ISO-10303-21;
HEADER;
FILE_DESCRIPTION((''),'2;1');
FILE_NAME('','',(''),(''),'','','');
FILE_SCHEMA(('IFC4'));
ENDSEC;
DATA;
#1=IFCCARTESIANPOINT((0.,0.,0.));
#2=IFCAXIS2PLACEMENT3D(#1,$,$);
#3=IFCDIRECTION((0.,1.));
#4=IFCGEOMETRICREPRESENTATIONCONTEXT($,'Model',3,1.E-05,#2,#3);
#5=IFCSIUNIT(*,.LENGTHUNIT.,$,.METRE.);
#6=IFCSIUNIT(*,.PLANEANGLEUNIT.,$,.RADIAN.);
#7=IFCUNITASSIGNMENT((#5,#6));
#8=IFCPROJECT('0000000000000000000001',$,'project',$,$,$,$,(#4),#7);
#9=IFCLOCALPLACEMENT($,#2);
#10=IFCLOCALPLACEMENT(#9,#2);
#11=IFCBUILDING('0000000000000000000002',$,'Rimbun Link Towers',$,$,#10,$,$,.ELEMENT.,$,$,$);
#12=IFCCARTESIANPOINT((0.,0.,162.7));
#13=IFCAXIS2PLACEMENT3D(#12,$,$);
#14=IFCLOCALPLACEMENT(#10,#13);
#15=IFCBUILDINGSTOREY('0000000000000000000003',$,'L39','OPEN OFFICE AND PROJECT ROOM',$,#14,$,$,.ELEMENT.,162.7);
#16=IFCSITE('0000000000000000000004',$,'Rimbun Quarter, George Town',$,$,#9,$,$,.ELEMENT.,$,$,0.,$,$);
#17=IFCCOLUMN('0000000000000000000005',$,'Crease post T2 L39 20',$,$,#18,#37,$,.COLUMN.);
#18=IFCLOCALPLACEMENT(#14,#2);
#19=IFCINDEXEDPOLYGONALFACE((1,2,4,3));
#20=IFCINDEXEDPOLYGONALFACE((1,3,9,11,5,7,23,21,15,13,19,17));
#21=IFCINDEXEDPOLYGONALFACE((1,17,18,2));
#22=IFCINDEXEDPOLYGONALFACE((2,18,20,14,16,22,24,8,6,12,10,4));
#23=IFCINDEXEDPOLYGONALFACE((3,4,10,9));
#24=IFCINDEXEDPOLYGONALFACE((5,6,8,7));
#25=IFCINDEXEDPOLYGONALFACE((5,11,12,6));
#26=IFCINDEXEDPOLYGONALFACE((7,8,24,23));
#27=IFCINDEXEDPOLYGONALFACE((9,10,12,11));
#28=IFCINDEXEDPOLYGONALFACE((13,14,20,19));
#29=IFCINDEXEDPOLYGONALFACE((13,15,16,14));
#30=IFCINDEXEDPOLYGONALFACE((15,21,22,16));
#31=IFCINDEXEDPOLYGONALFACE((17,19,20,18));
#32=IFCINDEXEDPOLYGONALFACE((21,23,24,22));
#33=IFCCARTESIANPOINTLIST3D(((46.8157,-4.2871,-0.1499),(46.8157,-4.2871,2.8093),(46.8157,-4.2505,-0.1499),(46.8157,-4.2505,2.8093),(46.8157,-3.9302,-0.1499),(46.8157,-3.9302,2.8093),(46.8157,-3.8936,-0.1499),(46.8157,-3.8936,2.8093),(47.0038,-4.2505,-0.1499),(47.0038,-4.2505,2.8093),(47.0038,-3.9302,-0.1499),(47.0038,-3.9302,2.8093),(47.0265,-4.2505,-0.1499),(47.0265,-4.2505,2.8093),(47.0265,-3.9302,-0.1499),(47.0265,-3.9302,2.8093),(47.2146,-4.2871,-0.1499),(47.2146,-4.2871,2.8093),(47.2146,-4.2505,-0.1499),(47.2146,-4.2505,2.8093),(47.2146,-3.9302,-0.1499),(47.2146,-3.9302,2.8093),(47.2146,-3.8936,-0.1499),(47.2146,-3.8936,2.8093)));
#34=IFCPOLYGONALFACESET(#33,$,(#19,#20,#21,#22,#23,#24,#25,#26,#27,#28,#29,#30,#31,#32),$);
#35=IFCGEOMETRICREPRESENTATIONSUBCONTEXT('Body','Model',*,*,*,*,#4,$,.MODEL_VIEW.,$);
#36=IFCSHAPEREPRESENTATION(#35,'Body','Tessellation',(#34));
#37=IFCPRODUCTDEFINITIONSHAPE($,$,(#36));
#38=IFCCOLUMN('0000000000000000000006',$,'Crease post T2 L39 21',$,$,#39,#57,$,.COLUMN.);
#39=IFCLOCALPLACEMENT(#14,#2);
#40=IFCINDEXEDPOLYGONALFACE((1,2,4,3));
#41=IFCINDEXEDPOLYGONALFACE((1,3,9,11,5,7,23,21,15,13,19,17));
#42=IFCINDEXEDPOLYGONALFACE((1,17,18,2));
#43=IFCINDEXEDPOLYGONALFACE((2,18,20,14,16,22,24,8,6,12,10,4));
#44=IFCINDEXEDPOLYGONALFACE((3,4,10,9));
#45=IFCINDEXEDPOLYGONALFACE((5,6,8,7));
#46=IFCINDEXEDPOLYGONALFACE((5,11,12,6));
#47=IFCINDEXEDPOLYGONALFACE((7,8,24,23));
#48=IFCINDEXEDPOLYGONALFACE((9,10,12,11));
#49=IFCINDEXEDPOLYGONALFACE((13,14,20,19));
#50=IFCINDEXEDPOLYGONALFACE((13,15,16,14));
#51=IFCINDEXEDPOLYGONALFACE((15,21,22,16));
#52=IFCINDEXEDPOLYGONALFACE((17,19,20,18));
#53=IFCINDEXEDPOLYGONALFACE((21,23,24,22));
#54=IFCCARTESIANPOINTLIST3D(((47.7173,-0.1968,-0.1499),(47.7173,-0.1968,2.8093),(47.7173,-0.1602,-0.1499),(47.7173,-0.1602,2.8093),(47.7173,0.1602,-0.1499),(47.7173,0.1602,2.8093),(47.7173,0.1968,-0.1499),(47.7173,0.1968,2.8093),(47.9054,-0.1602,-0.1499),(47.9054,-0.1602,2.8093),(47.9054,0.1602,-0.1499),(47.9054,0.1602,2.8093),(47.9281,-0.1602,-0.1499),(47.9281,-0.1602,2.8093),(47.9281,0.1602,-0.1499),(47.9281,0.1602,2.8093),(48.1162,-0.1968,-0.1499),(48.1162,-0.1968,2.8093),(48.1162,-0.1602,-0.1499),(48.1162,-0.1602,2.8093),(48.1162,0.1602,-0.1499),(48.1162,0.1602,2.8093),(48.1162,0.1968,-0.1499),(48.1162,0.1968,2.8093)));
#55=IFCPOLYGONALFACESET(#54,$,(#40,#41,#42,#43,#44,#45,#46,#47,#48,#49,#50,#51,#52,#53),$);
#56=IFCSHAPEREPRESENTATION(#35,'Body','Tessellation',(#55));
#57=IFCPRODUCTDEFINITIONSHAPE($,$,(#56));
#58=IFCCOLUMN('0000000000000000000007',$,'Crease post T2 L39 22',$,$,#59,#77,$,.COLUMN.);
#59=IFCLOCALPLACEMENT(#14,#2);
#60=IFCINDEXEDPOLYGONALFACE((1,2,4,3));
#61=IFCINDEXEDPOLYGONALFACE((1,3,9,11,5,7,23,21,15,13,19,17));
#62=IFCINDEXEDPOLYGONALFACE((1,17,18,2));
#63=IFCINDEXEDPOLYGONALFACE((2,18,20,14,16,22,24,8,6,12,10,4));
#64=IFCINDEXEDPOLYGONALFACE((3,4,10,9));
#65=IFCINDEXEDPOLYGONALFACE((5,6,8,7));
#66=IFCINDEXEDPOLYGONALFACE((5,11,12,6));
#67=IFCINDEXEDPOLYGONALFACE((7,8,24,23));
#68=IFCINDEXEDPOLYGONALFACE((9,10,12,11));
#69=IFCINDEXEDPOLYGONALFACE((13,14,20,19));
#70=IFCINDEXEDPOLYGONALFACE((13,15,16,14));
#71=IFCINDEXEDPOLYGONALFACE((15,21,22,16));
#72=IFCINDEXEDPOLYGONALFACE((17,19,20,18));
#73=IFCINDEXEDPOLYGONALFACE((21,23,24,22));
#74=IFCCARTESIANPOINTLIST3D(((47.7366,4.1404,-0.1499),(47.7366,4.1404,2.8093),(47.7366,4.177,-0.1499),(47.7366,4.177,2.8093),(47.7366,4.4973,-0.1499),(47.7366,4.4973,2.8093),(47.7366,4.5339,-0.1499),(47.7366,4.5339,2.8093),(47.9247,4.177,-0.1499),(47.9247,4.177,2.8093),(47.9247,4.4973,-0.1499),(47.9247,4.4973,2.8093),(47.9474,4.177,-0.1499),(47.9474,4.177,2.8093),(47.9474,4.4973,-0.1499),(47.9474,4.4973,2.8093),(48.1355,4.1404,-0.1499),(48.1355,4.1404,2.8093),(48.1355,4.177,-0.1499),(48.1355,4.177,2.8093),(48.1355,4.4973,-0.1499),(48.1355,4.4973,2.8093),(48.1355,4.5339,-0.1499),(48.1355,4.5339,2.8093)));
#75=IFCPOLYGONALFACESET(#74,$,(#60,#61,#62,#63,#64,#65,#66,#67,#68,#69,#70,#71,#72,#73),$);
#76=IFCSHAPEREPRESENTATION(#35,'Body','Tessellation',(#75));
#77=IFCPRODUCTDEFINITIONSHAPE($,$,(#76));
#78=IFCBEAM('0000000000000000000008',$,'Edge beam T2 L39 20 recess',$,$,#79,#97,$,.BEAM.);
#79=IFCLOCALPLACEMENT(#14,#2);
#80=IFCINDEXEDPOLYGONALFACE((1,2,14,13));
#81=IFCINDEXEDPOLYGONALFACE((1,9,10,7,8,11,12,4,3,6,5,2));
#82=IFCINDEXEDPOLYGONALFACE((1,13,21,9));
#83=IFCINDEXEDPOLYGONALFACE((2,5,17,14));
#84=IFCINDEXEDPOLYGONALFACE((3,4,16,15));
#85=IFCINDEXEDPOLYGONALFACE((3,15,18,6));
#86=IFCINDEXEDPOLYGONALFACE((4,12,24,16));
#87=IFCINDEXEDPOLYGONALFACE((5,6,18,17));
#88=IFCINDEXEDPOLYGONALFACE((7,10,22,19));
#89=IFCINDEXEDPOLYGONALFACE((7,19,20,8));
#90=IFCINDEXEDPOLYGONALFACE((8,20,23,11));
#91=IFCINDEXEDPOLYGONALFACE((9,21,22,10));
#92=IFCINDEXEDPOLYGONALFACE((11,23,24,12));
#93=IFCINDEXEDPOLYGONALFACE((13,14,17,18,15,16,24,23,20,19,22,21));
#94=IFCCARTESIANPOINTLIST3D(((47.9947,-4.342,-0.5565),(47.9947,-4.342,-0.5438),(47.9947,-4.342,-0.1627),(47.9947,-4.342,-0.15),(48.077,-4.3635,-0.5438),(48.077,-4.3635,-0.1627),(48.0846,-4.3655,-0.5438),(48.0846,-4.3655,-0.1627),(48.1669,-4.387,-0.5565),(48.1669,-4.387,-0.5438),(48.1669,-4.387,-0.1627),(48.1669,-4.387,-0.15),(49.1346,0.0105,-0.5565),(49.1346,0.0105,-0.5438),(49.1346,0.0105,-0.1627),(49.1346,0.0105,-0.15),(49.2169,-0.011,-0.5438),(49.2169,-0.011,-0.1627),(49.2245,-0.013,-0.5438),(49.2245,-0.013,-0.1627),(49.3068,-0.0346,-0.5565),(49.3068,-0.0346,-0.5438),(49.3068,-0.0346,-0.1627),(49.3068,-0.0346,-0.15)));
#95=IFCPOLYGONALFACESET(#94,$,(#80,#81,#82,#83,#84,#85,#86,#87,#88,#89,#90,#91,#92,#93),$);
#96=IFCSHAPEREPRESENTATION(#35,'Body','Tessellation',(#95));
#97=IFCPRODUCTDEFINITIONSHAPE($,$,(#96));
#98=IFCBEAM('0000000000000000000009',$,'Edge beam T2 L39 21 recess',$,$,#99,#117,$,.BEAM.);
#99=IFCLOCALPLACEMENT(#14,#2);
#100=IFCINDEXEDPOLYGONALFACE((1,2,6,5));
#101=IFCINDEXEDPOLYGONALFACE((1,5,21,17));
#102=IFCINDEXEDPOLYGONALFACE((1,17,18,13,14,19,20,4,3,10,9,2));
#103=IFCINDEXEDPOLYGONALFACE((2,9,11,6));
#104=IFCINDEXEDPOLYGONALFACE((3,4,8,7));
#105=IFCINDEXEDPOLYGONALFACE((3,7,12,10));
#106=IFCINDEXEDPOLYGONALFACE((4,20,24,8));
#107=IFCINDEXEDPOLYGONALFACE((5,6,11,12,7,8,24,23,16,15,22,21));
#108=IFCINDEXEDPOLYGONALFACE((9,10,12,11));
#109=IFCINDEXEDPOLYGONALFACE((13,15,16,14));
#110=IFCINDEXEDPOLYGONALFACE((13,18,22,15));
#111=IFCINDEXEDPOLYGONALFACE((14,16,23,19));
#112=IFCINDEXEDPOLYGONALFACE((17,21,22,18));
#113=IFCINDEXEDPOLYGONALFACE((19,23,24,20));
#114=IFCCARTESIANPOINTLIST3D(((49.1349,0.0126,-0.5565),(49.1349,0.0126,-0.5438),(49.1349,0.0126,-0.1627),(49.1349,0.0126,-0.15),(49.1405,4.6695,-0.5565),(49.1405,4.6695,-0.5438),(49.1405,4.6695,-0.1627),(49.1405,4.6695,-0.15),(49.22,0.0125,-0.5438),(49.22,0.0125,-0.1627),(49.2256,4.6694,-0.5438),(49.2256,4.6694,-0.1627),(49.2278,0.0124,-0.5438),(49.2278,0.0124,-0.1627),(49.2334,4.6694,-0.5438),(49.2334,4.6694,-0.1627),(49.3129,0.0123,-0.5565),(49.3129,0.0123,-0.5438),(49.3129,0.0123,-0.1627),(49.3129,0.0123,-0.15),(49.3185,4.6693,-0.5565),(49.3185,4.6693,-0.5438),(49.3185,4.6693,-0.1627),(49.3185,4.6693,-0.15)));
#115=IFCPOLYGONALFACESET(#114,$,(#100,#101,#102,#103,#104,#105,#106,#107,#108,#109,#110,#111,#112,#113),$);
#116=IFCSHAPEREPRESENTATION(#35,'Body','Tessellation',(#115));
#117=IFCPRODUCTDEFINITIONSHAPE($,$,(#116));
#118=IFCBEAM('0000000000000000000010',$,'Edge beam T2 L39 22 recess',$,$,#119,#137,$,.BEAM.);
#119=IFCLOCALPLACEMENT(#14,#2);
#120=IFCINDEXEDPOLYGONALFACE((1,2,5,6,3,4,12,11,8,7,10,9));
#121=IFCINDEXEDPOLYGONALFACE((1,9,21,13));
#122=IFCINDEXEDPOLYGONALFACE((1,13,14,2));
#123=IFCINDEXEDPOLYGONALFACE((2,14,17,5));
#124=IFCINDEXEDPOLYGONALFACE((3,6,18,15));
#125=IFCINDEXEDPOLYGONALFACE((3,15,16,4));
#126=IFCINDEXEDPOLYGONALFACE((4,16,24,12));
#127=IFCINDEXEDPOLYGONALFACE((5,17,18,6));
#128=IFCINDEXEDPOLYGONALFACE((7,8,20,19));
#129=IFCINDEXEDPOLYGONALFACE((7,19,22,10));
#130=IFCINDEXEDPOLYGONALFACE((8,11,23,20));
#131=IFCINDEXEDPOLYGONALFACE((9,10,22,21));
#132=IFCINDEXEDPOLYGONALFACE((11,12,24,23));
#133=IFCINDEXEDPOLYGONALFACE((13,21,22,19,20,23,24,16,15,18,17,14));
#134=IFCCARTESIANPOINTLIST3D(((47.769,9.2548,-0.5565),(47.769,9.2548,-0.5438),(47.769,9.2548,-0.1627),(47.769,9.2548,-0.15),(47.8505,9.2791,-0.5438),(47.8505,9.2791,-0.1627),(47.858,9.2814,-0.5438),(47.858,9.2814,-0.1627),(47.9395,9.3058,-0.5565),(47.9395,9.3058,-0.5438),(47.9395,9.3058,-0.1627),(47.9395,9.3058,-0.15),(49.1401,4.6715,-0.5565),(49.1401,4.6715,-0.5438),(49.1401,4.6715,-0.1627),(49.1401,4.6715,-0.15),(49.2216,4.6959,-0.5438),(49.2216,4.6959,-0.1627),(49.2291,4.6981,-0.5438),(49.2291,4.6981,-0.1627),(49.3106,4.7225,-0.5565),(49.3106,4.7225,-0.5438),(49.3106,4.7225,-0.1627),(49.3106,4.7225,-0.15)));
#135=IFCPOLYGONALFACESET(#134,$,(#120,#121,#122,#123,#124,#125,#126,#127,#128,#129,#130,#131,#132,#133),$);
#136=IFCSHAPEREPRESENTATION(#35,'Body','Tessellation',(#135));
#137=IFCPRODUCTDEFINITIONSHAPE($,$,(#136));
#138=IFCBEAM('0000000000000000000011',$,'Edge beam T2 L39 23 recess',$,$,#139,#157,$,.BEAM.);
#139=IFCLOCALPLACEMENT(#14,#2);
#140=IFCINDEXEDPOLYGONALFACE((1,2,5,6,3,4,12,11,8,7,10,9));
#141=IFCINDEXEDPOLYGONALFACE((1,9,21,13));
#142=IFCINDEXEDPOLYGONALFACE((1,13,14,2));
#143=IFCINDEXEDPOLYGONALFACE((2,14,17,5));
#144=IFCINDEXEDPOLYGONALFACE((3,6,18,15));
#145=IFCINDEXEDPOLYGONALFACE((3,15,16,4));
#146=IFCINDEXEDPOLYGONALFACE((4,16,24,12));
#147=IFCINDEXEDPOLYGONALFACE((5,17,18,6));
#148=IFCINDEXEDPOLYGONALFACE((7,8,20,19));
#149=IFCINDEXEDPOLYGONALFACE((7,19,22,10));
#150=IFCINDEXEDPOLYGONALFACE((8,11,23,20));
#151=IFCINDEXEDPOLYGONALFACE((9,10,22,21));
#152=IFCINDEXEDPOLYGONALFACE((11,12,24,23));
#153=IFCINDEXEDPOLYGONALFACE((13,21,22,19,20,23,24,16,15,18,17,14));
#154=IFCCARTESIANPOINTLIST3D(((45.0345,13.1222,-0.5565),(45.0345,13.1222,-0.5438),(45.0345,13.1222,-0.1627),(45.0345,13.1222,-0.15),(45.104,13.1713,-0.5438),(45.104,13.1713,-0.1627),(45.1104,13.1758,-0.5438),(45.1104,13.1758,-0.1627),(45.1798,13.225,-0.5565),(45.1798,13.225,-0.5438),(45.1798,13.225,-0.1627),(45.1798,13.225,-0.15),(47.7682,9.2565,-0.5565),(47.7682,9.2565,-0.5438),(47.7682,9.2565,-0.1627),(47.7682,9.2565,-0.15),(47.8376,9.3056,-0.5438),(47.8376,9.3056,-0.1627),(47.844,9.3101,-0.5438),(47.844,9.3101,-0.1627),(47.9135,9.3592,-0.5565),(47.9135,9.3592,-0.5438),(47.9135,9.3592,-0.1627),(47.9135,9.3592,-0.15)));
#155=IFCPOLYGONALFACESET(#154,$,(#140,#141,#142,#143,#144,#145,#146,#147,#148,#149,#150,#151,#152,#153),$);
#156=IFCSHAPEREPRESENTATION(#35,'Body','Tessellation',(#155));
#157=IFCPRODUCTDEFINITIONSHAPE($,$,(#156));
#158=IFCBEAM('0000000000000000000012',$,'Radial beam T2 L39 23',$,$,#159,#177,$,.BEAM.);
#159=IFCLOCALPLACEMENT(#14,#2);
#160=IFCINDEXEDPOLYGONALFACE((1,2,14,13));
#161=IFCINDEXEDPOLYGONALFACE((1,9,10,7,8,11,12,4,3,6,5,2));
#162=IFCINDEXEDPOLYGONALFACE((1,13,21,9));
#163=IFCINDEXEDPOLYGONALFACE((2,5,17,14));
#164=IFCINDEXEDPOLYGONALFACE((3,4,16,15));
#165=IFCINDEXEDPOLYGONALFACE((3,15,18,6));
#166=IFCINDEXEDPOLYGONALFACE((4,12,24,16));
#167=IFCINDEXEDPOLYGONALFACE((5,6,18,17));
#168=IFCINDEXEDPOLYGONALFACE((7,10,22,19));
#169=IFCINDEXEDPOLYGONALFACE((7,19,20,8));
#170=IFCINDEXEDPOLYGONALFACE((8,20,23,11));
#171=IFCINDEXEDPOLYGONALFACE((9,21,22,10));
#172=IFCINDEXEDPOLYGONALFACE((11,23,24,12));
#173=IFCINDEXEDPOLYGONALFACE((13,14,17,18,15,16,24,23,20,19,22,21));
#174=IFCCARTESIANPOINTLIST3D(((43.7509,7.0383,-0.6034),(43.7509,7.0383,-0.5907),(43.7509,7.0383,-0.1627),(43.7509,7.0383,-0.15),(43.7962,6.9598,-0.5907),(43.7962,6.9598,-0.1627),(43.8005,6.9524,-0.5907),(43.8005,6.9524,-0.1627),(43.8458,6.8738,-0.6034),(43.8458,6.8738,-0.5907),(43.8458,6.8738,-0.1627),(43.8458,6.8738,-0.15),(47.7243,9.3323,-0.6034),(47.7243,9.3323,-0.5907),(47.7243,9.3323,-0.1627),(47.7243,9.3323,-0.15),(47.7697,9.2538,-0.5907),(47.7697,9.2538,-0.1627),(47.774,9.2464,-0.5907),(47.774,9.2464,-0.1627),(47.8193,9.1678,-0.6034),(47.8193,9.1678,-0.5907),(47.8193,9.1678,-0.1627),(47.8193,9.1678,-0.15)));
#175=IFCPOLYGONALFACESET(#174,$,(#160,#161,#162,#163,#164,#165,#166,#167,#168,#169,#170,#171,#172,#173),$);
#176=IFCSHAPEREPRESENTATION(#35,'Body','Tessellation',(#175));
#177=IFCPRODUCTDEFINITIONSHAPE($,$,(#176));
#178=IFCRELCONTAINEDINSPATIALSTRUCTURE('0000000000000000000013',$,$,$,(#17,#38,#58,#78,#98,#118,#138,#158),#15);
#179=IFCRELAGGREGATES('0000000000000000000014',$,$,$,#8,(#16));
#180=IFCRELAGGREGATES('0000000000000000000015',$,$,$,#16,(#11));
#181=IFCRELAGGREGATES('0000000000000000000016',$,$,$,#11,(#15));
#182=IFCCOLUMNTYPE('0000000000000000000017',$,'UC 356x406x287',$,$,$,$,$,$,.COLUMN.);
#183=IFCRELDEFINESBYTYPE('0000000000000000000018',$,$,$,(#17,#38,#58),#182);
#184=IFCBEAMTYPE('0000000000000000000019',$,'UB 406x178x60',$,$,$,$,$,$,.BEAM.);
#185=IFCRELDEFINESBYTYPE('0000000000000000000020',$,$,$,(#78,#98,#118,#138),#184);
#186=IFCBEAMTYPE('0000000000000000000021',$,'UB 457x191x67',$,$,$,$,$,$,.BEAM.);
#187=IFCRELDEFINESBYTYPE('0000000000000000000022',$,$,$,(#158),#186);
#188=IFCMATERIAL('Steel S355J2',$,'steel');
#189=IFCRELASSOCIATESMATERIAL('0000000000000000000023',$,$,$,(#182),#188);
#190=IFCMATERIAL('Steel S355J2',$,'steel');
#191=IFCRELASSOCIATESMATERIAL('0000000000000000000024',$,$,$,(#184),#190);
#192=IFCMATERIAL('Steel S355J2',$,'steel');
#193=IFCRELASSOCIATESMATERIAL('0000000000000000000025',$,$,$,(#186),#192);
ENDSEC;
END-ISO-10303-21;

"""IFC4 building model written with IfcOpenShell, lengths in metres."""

from ifc_helpers import new_model, si_unit, direction, frame, origin, origin_2d, place, context, subcontext, project, spatial, i_section, extrude, material, material_profile, profile_set, type_object, element, save


model = new_model("IFC4")

# Units and contexts
model_context = context("Model", 3, precision=1e-05, world=origin(), true_north=direction((0.0, 1.0)))
body_context = subcontext(model_context, "Body", "Model", "MODEL_VIEW")
ifc_project = project(units=[si_unit("LENGTHUNIT", "METRE"), si_unit("PLANEANGLEUNIT", "RADIAN")], contexts=[model_context])

# Site, building, storey
site_placement = place(None, origin())
site = spatial("IfcSite", under=ifc_project, at=site_placement, Name="Rimbun Quarter, George Town", CompositionType="ELEMENT", RefElevation=0.0)
building_placement = place(site_placement, origin())
building = spatial("IfcBuilding", under=site, at=building_placement, Name="Rimbun Link Towers", CompositionType="ELEMENT")
storey_placement = place(building_placement, frame((0.0, 0.0, 162.7)))
storey = spatial("IfcBuildingStorey", under=building, at=storey_placement, Name="L39", Description="OPEN OFFICE AND PROJECT ROOM", CompositionType="ELEMENT", Elevation=162.7)

# Columns
ifc_material_1 = material(Name="Steel S355J2", Category="steel")
ifc_material_profile_1 = material_profile(ifc_material_1, i_section(OverallWidth=0.3989, OverallDepth=0.3936, WebThickness=0.0227, FlangeThickness=0.0366, at=origin_2d()), Name="UC 356x406x287")
ifc_profile_set_1 = profile_set([ifc_material_profile_1], Name="Steel S355J2")
column_type = type_object("IfcColumnType", Name="UC 356x406x287", PredefinedType="COLUMN", material=ifc_profile_set_1)
for number, where, z_axis, x_axis, name in (
    (1, (47.0151, -4.0903, -0.1499), (0.0, 0.0, 1.0), (1.0, 0.0, 0.0), "Crease post T2 L39 20"),
    (2, (47.9167, 0.0, -0.1499), (0.0, 0.0, 1.0), (1.0, 0.0, 0.0), "Crease post T2 L39 21"),
    (3, (47.936, 4.3372, -0.1499), (0.0, 0.0, 1.0), (1.0, 0.0, 0.0), "Crease post T2 L39 22"),
):
    element("IfcColumn", number, at=place(storey_placement, frame(where, z_axis=z_axis, x_axis=x_axis)), inside=storey, type_object=column_type, Name=name, PredefinedType="COLUMN", context=body_context, shape_type="SweptSolid", body=[
        extrude(i_section(OverallWidth=0.3989, OverallDepth=0.3936, WebThickness=0.0227, FlangeThickness=0.0366, at=origin_2d()), origin(), (0.0, 0.0, 1.0), 2.9592),
    ])

# Beams
ifc_material_2 = material(Name="Steel S355J2", Category="steel")
ifc_material_profile_2 = material_profile(ifc_material_2, i_section(OverallWidth=0.178, OverallDepth=0.4065, WebThickness=0.0078, FlangeThickness=0.0127, at=origin_2d()), Name="UB 406x178x60")
ifc_profile_set_2 = profile_set([ifc_material_profile_2], Name="Steel S355J2")
beam_type_1 = type_object("IfcBeamType", Name="UB 406x178x60", PredefinedType="BEAM", material=ifc_profile_set_2)
beam_1_placement = place(storey_placement, frame((48.0808, -4.3645, -0.3533), z_axis=(0.253347, 0.967375, 0.0), x_axis=(-0.967375, 0.253347, 0.0)))
element("IfcBeam", 4, at=beam_1_placement, inside=storey, type_object=beam_type_1, Name="Edge beam T2 L39 20 recess", PredefinedType="BEAM", context=body_context, shape_type="SweptSolid", body=[
    extrude(i_section(OverallWidth=0.178, OverallDepth=0.4065, WebThickness=0.0078, FlangeThickness=0.0127, at=origin_2d()), origin(), (0.0, 0.0, 1.0), 4.4993),
])
beam_2_placement = place(storey_placement, frame((49.2239, 0.0125, -0.3533), z_axis=(0.001206, 0.999999, 0.0), x_axis=(-0.999999, 0.001206, 0.0)))
element("IfcBeam", 5, at=beam_2_placement, inside=storey, type_object=beam_type_1, Name="Edge beam T2 L39 21 recess", PredefinedType="BEAM", context=body_context, shape_type="SweptSolid", body=[
    extrude(i_section(OverallWidth=0.178, OverallDepth=0.4065, WebThickness=0.0078, FlangeThickness=0.0127, at=origin_2d()), origin(), (0.0, 0.0, 1.0), 4.657),
])
beam_3_placement = place(storey_placement, frame((49.2253, 4.697, -0.3533), z_axis=(-0.286603, 0.958049, 0.0), x_axis=(-0.958049, -0.286603, 0.0)))
element("IfcBeam", 6, at=beam_3_placement, inside=storey, type_object=beam_type_1, Name="Edge beam T2 L39 22 recess", PredefinedType="BEAM", context=body_context, shape_type="SweptSolid", body=[
    extrude(i_section(OverallWidth=0.178, OverallDepth=0.4065, WebThickness=0.0078, FlangeThickness=0.0127, at=origin_2d()), origin(), (0.0, 0.0, 1.0), 4.7839),
])
beam_4_placement = place(storey_placement, frame((47.8408, 9.3079, -0.3533), z_axis=(-0.577373, 0.81648, 0.0), x_axis=(-0.81648, -0.577373, 0.0)))
element("IfcBeam", 7, at=beam_4_placement, inside=storey, type_object=beam_type_1, Name="Edge beam T2 L39 23 recess", PredefinedType="BEAM", context=body_context, shape_type="SweptSolid", body=[
    extrude(i_section(OverallWidth=0.178, OverallDepth=0.4065, WebThickness=0.0078, FlangeThickness=0.0127, at=origin_2d()), origin(), (0.0, 0.0, 1.0), 4.7346),
])
ifc_material_3 = material(Name="Steel S355J2", Category="steel")
ifc_material_profile_3 = material_profile(ifc_material_3, i_section(OverallWidth=0.1899, OverallDepth=0.4534, WebThickness=0.0085, FlangeThickness=0.0127, at=origin_2d()), Name="UB 457x191x67")
ifc_profile_set_3 = profile_set([ifc_material_profile_3], Name="Steel S355J2")
beam_type_2 = type_object("IfcBeamType", Name="UB 457x191x67", PredefinedType="BEAM", material=ifc_profile_set_3)
beam_5_placement = place(storey_placement, frame((43.7983, 6.9561, -0.3767), z_axis=(0.866034, 0.499985, 0.0), x_axis=(-0.499985, 0.866034, 0.0)))
element("IfcBeam", 8, at=beam_5_placement, inside=storey, type_object=beam_type_2, Name="Radial beam T2 L39 23", PredefinedType="BEAM", context=body_context, shape_type="SweptSolid", body=[
    extrude(i_section(OverallWidth=0.1899, OverallDepth=0.4534, WebThickness=0.0085, FlangeThickness=0.0127, at=origin_2d()), origin(), (0.0, 0.0, 1.0), 4.5881),
])

save(model, "model.ifc")
